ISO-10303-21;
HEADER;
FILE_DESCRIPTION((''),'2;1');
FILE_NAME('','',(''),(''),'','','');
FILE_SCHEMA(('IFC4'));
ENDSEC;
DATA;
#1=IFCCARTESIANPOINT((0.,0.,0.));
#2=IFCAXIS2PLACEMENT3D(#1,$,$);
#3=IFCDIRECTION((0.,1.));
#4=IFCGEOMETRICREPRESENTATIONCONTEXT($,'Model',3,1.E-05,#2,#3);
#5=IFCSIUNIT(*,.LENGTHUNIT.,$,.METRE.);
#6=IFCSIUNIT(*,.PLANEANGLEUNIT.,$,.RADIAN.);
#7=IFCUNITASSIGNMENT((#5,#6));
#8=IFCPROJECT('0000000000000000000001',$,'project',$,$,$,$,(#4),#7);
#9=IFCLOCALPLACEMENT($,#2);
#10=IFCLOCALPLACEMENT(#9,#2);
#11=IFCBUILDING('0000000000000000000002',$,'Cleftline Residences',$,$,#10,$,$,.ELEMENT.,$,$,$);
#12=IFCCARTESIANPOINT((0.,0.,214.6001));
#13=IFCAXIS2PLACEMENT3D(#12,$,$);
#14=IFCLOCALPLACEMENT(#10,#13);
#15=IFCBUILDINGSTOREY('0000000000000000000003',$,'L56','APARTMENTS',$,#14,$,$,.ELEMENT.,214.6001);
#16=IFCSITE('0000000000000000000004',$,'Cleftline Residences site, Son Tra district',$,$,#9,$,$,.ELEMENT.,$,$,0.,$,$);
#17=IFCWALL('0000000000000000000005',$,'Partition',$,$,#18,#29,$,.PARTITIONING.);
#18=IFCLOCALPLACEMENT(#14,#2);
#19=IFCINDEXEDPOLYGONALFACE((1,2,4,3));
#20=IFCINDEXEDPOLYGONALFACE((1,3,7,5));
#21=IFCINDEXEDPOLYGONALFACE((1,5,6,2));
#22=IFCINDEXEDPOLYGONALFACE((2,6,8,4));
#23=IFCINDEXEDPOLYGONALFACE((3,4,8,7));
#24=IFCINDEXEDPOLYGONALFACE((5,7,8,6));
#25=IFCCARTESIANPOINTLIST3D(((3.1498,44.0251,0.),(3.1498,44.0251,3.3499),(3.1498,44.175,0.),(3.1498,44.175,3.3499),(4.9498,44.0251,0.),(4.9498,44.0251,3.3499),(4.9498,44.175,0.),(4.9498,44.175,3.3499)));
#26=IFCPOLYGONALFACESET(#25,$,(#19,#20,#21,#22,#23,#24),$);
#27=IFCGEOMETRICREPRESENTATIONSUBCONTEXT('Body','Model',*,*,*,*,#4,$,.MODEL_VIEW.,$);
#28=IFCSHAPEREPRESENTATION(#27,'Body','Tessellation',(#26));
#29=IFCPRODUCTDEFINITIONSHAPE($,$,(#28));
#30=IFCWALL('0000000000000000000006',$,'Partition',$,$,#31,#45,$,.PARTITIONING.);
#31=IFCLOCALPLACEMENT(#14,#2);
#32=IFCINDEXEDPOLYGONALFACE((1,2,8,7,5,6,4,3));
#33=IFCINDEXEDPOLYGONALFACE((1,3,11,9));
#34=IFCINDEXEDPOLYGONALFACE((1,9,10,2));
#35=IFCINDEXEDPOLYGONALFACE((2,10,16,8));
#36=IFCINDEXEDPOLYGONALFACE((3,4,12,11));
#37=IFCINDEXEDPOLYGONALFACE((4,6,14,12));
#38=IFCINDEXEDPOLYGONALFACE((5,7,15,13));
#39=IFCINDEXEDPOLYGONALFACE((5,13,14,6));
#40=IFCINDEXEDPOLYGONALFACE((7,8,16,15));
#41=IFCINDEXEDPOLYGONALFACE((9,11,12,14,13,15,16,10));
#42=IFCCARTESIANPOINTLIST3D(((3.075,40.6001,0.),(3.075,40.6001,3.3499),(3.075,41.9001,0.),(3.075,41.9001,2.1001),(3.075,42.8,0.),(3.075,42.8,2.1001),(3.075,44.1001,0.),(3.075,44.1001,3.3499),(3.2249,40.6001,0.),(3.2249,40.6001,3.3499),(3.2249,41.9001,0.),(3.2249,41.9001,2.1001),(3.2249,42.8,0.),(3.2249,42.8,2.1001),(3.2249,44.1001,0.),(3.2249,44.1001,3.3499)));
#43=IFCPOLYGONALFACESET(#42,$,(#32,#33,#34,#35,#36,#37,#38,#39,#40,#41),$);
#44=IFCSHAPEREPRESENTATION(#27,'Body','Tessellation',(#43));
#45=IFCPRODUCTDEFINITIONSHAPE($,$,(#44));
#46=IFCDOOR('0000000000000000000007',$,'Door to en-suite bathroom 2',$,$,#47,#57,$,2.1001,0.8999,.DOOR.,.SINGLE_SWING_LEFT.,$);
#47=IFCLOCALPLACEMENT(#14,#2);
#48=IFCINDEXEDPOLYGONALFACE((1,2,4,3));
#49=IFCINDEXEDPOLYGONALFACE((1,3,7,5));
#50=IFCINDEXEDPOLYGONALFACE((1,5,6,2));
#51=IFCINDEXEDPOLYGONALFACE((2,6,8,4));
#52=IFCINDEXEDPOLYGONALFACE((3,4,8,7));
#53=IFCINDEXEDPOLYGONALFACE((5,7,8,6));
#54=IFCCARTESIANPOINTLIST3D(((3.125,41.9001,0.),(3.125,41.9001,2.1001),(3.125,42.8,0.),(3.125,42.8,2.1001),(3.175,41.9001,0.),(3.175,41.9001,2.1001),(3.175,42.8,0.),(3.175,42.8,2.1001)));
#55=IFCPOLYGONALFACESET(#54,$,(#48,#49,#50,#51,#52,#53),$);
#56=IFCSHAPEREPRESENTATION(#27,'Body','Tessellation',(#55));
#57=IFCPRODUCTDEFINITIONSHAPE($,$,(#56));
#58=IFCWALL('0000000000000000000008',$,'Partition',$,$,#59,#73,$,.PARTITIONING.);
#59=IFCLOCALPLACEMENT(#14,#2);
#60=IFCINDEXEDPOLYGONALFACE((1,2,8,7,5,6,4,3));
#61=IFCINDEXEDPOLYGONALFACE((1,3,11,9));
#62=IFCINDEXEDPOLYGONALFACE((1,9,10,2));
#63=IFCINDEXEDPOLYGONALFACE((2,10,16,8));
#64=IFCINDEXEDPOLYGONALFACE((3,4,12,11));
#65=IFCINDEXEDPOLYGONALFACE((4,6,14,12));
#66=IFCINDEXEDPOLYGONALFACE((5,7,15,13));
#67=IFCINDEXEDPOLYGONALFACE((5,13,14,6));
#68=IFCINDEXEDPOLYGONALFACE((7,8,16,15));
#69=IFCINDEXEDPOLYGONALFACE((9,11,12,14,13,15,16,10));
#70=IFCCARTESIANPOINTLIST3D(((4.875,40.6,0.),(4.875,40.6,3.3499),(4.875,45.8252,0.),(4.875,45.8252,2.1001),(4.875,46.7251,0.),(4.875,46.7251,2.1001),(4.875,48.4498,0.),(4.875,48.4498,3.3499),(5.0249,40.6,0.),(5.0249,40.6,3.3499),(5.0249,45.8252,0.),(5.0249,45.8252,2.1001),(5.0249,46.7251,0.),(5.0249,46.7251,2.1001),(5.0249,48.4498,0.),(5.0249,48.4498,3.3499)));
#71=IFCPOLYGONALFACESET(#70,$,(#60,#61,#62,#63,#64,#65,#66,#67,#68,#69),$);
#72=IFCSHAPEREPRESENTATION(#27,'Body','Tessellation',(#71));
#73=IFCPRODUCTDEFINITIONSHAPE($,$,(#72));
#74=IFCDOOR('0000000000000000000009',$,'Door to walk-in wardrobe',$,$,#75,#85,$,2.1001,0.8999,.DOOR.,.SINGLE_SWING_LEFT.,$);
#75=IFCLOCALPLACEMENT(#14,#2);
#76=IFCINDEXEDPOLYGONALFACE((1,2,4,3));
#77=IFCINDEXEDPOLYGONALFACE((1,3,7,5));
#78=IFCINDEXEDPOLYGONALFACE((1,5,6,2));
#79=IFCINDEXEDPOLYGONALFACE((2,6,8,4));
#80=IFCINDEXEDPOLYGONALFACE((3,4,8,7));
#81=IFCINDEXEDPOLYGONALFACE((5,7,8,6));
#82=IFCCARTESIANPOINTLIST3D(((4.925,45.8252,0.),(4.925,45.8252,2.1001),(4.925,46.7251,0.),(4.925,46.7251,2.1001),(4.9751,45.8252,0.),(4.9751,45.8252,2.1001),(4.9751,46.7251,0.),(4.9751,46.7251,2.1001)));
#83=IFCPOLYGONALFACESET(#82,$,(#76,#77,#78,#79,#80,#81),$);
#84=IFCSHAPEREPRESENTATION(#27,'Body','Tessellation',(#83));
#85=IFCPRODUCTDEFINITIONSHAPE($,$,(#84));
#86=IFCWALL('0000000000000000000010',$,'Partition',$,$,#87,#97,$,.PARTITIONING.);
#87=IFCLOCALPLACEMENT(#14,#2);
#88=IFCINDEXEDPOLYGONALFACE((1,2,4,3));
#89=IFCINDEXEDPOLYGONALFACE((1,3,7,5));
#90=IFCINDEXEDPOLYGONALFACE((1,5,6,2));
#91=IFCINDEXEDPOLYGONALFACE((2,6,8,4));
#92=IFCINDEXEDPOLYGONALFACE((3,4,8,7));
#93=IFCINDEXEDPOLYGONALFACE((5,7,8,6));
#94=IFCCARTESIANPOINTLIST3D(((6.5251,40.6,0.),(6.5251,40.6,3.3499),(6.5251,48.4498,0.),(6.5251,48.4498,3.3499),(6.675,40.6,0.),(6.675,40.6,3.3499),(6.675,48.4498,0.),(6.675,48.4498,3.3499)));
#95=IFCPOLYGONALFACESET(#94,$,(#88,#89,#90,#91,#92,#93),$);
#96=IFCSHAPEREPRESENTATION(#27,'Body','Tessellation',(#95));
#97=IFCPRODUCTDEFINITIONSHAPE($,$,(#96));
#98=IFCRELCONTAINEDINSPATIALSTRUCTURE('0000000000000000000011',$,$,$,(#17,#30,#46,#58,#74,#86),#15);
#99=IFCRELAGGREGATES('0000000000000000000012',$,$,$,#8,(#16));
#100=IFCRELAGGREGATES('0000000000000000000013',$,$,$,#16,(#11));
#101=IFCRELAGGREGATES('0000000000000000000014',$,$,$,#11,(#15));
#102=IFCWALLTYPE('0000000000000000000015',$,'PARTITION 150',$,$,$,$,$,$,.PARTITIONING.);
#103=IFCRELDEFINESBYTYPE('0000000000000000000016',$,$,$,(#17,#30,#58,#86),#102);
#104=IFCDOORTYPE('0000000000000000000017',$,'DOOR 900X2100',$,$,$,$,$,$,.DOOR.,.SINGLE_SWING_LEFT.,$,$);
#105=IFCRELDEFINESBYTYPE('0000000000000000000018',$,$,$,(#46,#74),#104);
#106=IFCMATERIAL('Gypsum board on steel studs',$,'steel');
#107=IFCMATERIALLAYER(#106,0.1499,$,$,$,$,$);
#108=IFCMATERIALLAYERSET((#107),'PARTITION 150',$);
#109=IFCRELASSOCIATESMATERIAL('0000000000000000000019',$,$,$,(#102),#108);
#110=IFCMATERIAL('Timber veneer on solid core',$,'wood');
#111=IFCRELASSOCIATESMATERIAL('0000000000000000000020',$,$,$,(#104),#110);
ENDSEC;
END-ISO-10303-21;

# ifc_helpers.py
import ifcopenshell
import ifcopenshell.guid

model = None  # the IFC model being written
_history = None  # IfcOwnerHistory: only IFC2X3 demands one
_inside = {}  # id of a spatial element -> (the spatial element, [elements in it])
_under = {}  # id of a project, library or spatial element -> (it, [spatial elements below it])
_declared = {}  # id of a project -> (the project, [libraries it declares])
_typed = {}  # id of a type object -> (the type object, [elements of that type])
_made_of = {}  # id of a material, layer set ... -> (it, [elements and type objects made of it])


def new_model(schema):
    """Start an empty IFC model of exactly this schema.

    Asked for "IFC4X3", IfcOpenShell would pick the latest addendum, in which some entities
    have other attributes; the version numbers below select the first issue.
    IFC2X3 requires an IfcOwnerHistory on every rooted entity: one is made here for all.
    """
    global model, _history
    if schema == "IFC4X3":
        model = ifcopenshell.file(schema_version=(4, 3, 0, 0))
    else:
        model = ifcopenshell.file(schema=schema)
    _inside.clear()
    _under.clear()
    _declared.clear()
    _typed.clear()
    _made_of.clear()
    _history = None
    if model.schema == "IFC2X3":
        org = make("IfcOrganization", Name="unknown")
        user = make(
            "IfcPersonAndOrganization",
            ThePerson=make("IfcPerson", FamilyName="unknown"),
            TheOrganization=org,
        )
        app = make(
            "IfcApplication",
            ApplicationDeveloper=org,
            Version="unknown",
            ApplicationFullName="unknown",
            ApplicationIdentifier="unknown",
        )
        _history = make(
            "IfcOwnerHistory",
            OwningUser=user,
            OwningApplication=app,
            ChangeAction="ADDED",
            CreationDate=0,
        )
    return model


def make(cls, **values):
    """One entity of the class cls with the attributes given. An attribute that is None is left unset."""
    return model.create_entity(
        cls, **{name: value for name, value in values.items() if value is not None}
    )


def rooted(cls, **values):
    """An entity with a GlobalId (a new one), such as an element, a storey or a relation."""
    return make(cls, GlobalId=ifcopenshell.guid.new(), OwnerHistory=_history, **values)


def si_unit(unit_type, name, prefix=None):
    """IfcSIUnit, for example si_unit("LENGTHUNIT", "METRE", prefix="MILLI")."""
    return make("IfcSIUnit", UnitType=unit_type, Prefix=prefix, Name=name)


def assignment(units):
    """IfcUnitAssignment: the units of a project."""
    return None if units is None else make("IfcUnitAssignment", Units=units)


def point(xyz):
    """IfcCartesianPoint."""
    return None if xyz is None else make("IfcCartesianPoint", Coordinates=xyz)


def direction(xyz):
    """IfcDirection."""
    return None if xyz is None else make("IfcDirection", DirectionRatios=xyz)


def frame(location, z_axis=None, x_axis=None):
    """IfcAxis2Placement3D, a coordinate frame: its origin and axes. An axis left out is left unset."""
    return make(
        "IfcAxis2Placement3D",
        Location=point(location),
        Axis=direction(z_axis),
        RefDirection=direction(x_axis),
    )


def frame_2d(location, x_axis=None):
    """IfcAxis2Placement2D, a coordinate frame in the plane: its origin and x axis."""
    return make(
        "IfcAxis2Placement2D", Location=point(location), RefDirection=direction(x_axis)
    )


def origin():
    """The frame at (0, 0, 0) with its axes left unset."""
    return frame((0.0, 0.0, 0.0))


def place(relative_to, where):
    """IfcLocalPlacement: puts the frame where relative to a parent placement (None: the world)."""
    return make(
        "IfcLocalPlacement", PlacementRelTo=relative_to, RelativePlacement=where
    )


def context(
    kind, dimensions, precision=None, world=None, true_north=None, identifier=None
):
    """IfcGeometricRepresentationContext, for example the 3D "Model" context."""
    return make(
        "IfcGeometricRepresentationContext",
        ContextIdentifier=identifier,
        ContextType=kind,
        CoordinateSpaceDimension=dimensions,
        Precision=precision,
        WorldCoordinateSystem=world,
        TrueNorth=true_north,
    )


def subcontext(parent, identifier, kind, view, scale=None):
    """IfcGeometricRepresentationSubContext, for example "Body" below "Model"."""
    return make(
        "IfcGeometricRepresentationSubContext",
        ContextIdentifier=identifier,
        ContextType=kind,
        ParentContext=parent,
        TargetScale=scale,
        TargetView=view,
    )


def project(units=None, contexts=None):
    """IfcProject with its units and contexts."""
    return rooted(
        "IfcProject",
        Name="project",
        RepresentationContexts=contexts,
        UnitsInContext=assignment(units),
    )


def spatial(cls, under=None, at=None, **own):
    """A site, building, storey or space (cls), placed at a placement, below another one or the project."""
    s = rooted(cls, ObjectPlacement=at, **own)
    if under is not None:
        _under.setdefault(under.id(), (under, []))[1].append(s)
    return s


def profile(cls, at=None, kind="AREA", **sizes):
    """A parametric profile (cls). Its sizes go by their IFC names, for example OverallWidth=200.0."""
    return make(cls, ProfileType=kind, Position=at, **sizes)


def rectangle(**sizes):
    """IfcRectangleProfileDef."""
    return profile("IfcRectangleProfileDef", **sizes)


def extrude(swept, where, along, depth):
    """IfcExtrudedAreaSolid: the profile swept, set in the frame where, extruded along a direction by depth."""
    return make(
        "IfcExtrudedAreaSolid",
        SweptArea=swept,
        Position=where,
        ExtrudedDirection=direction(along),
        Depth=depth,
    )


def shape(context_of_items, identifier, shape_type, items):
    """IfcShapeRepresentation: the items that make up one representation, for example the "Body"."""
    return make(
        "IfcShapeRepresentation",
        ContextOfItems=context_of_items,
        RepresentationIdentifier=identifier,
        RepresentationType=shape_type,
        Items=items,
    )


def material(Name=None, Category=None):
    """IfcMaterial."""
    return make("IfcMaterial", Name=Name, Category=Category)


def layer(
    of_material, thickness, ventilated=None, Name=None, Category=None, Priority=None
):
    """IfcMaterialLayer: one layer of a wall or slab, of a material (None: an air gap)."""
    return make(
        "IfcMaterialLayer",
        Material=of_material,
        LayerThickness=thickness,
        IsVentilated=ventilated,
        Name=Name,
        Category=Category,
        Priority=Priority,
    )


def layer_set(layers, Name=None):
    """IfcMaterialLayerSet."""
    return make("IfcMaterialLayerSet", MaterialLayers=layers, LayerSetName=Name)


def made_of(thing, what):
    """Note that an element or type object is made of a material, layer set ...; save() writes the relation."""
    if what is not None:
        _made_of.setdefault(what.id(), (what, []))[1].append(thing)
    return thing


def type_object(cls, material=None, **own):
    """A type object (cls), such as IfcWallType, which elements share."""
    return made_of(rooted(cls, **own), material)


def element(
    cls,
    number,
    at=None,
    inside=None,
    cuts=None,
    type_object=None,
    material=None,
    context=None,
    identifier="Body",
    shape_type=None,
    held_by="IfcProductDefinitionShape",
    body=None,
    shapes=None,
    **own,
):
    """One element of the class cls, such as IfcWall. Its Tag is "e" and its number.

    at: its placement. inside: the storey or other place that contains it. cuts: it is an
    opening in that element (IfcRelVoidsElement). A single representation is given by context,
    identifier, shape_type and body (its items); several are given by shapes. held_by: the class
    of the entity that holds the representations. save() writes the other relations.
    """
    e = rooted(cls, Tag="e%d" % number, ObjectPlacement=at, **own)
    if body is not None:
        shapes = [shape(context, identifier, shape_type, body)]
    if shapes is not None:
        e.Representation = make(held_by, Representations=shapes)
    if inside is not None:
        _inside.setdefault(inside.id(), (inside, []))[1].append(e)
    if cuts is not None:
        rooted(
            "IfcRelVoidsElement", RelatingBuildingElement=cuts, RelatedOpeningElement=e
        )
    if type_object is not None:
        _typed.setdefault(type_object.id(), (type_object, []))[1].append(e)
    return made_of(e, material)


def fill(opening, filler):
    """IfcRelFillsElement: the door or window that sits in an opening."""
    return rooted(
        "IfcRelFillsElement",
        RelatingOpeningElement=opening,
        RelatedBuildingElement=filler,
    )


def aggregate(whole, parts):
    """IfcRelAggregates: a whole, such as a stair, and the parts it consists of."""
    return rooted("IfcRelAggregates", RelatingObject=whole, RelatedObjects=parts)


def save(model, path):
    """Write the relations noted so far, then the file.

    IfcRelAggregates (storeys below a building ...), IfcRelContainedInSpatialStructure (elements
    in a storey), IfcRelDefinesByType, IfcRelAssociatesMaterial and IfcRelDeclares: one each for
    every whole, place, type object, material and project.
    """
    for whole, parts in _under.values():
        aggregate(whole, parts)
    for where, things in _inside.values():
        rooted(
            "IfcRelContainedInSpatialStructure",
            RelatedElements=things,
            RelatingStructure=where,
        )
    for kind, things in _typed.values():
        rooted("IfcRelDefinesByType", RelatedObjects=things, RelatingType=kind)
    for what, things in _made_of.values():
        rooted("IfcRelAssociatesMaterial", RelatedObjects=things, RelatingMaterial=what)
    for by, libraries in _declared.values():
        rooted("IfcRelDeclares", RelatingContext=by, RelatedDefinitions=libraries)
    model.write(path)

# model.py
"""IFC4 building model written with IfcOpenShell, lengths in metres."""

from ifc_helpers import new_model, si_unit, direction, frame, frame_2d, origin, place, context, subcontext, project, spatial, rectangle, extrude, material, layer, layer_set, type_object, element, fill, save


model = new_model("IFC4")

# Units and contexts
model_context = context("Model", 3, precision=1e-05, world=origin(), true_north=direction((0.0, 1.0)))
body_context = subcontext(model_context, "Body", "Model", "MODEL_VIEW")
ifc_project = project(units=[si_unit("LENGTHUNIT", "METRE"), si_unit("PLANEANGLEUNIT", "RADIAN")], contexts=[model_context])

# Site, building, storey
site_placement = place(None, origin())
site = spatial("IfcSite", under=ifc_project, at=site_placement, Name="Cleftline Residences site, Son Tra district", CompositionType="ELEMENT", RefElevation=0.0)
building_placement = place(site_placement, origin())
building = spatial("IfcBuilding", under=site, at=building_placement, Name="Cleftline Residences", CompositionType="ELEMENT")
storey_placement = place(building_placement, frame((0.0, 0.0, 214.6001)))
storey = spatial("IfcBuildingStorey", under=building, at=storey_placement, Name="L56", Description="APARTMENTS", CompositionType="ELEMENT", Elevation=214.6001)

# Wall
ifc_material_1 = material(Name="Gypsum board on steel studs", Category="steel")
ifc_layer_1 = layer(ifc_material_1, 0.1499)
ifc_layer_set_1 = layer_set([ifc_layer_1], Name="PARTITION 150")
wall_type_1 = type_object("IfcWallType", Name="PARTITION 150", PredefinedType="PARTITIONING", material=ifc_layer_set_1)
wall_1_placement = place(storey_placement, frame((3.1499, 44.1001, 0.0), z_axis=(0.0, 0.0, 1.0), x_axis=(1.0, 0.0, 0.0)))
element("IfcWall", 1, at=wall_1_placement, inside=storey, type_object=wall_type_1, Name="Partition", PredefinedType="PARTITIONING", context=body_context, shape_type="SweptSolid", body=[
    extrude(rectangle(XDim=1.8, YDim=0.1499, at=frame_2d((0.8999, 0.0))), origin(), (0.0, 0.0, 1.0), 3.3499),
])

# Walls, openings, doors
wall_2_placement = place(storey_placement, frame((3.1499, 40.6001, 0.0), z_axis=(0.0, 0.0, 1.0), x_axis=(0.0, 1.0, 0.0)))
wall_2 = element("IfcWall", 2, at=wall_2_placement, inside=storey, type_object=wall_type_1, Name="Partition", PredefinedType="PARTITIONING", context=body_context, shape_type="SweptSolid", body=[
    extrude(rectangle(XDim=3.5, YDim=0.1499, at=frame_2d((1.75, 0.0))), origin(), (0.0, 0.0, 1.0), 3.3499),
])
opening_1_placement = place(wall_2_placement, frame((1.3, 0.0, 0.0)))
opening_1 = element("IfcOpeningElement", 3, at=opening_1_placement, cuts=wall_2, PredefinedType="OPENING", context=body_context, shape_type="SweptSolid", body=[
    extrude(rectangle(XDim=0.8999, YDim=2.1001, at=frame_2d((0.45, 1.05))), frame((0.0, 0.085, 0.0), z_axis=(0.0, -1.0, 0.0), x_axis=(1.0, 0.0, 0.0)), (0.0, 0.0, 1.0), 0.1699),
])
ifc_material_2 = material(Name="Timber veneer on solid core", Category="wood")
door_type = type_object("IfcDoorType", Name="DOOR 900X2100", OperationType="SINGLE_SWING_LEFT", PredefinedType="DOOR", material=ifc_material_2)
door_1_placement = place(opening_1_placement, origin())
door_1 = element("IfcDoor", 4, at=door_1_placement, inside=storey, type_object=door_type, Name="Door to en-suite bathroom 2", OperationType="SINGLE_SWING_LEFT", OverallHeight=2.1001, OverallWidth=0.8999, PredefinedType="DOOR", context=body_context, shape_type="SweptSolid", body=[
    extrude(rectangle(XDim=0.8999, YDim=2.1001, at=frame_2d((0.45, 1.05))), frame((0.0, 0.0249, 0.0), z_axis=(0.0, -1.0, 0.0), x_axis=(1.0, 0.0, 0.0)), (0.0, 0.0, 1.0), 0.05),
])
fill(opening_1, door_1)
wall_3_placement = place(storey_placement, frame((4.95, 40.6001, 0.0), z_axis=(0.0, 0.0, 1.0), x_axis=(0.0, 1.0, 0.0)))
wall_3 = element("IfcWall", 5, at=wall_3_placement, inside=storey, type_object=wall_type_1, Name="Partition", PredefinedType="PARTITIONING", context=body_context, shape_type="SweptSolid", body=[
    extrude(rectangle(XDim=7.8499, YDim=0.1499, at=frame_2d((3.9248, 0.0))), origin(), (0.0, 0.0, 1.0), 3.3499),
])
opening_2_placement = place(wall_3_placement, frame((5.2251, 0.0, 0.0)))
opening_2 = element("IfcOpeningElement", 6, at=opening_2_placement, cuts=wall_3, PredefinedType="OPENING", context=body_context, shape_type="SweptSolid", body=[
    extrude(rectangle(XDim=0.8999, YDim=2.1001, at=frame_2d((0.45, 1.05))), frame((0.0, 0.085, 0.0), z_axis=(0.0, -1.0, 0.0), x_axis=(1.0, 0.0, 0.0)), (0.0, 0.0, 1.0), 0.1699),
])
door_2_placement = place(opening_2_placement, origin())
door_2 = element("IfcDoor", 7, at=door_2_placement, inside=storey, type_object=door_type, Name="Door to walk-in wardrobe", OperationType="SINGLE_SWING_LEFT", OverallHeight=2.1001, OverallWidth=0.8999, PredefinedType="DOOR", context=body_context, shape_type="SweptSolid", body=[
    extrude(rectangle(XDim=0.8999, YDim=2.1001, at=frame_2d((0.45, 1.05))), frame((0.0, 0.0249, 0.0), z_axis=(0.0, -1.0, 0.0), x_axis=(1.0, 0.0, 0.0)), (0.0, 0.0, 1.0), 0.05),
])
fill(opening_2, door_2)

# Wall
wall_4_placement = place(storey_placement, frame((6.6001, 40.6001, 0.0), z_axis=(0.0, 0.0, 1.0), x_axis=(0.0, 1.0, 0.0)))
element("IfcWall", 8, at=wall_4_placement, inside=storey, type_object=wall_type_1, Name="Partition", PredefinedType="PARTITIONING", context=body_context, shape_type="SweptSolid", body=[
    extrude(rectangle(XDim=7.8499, YDim=0.1499, at=frame_2d((3.9248, 0.0))), origin(), (0.0, 0.0, 1.0), 3.3499),
])

save(model, "model.ifc")
